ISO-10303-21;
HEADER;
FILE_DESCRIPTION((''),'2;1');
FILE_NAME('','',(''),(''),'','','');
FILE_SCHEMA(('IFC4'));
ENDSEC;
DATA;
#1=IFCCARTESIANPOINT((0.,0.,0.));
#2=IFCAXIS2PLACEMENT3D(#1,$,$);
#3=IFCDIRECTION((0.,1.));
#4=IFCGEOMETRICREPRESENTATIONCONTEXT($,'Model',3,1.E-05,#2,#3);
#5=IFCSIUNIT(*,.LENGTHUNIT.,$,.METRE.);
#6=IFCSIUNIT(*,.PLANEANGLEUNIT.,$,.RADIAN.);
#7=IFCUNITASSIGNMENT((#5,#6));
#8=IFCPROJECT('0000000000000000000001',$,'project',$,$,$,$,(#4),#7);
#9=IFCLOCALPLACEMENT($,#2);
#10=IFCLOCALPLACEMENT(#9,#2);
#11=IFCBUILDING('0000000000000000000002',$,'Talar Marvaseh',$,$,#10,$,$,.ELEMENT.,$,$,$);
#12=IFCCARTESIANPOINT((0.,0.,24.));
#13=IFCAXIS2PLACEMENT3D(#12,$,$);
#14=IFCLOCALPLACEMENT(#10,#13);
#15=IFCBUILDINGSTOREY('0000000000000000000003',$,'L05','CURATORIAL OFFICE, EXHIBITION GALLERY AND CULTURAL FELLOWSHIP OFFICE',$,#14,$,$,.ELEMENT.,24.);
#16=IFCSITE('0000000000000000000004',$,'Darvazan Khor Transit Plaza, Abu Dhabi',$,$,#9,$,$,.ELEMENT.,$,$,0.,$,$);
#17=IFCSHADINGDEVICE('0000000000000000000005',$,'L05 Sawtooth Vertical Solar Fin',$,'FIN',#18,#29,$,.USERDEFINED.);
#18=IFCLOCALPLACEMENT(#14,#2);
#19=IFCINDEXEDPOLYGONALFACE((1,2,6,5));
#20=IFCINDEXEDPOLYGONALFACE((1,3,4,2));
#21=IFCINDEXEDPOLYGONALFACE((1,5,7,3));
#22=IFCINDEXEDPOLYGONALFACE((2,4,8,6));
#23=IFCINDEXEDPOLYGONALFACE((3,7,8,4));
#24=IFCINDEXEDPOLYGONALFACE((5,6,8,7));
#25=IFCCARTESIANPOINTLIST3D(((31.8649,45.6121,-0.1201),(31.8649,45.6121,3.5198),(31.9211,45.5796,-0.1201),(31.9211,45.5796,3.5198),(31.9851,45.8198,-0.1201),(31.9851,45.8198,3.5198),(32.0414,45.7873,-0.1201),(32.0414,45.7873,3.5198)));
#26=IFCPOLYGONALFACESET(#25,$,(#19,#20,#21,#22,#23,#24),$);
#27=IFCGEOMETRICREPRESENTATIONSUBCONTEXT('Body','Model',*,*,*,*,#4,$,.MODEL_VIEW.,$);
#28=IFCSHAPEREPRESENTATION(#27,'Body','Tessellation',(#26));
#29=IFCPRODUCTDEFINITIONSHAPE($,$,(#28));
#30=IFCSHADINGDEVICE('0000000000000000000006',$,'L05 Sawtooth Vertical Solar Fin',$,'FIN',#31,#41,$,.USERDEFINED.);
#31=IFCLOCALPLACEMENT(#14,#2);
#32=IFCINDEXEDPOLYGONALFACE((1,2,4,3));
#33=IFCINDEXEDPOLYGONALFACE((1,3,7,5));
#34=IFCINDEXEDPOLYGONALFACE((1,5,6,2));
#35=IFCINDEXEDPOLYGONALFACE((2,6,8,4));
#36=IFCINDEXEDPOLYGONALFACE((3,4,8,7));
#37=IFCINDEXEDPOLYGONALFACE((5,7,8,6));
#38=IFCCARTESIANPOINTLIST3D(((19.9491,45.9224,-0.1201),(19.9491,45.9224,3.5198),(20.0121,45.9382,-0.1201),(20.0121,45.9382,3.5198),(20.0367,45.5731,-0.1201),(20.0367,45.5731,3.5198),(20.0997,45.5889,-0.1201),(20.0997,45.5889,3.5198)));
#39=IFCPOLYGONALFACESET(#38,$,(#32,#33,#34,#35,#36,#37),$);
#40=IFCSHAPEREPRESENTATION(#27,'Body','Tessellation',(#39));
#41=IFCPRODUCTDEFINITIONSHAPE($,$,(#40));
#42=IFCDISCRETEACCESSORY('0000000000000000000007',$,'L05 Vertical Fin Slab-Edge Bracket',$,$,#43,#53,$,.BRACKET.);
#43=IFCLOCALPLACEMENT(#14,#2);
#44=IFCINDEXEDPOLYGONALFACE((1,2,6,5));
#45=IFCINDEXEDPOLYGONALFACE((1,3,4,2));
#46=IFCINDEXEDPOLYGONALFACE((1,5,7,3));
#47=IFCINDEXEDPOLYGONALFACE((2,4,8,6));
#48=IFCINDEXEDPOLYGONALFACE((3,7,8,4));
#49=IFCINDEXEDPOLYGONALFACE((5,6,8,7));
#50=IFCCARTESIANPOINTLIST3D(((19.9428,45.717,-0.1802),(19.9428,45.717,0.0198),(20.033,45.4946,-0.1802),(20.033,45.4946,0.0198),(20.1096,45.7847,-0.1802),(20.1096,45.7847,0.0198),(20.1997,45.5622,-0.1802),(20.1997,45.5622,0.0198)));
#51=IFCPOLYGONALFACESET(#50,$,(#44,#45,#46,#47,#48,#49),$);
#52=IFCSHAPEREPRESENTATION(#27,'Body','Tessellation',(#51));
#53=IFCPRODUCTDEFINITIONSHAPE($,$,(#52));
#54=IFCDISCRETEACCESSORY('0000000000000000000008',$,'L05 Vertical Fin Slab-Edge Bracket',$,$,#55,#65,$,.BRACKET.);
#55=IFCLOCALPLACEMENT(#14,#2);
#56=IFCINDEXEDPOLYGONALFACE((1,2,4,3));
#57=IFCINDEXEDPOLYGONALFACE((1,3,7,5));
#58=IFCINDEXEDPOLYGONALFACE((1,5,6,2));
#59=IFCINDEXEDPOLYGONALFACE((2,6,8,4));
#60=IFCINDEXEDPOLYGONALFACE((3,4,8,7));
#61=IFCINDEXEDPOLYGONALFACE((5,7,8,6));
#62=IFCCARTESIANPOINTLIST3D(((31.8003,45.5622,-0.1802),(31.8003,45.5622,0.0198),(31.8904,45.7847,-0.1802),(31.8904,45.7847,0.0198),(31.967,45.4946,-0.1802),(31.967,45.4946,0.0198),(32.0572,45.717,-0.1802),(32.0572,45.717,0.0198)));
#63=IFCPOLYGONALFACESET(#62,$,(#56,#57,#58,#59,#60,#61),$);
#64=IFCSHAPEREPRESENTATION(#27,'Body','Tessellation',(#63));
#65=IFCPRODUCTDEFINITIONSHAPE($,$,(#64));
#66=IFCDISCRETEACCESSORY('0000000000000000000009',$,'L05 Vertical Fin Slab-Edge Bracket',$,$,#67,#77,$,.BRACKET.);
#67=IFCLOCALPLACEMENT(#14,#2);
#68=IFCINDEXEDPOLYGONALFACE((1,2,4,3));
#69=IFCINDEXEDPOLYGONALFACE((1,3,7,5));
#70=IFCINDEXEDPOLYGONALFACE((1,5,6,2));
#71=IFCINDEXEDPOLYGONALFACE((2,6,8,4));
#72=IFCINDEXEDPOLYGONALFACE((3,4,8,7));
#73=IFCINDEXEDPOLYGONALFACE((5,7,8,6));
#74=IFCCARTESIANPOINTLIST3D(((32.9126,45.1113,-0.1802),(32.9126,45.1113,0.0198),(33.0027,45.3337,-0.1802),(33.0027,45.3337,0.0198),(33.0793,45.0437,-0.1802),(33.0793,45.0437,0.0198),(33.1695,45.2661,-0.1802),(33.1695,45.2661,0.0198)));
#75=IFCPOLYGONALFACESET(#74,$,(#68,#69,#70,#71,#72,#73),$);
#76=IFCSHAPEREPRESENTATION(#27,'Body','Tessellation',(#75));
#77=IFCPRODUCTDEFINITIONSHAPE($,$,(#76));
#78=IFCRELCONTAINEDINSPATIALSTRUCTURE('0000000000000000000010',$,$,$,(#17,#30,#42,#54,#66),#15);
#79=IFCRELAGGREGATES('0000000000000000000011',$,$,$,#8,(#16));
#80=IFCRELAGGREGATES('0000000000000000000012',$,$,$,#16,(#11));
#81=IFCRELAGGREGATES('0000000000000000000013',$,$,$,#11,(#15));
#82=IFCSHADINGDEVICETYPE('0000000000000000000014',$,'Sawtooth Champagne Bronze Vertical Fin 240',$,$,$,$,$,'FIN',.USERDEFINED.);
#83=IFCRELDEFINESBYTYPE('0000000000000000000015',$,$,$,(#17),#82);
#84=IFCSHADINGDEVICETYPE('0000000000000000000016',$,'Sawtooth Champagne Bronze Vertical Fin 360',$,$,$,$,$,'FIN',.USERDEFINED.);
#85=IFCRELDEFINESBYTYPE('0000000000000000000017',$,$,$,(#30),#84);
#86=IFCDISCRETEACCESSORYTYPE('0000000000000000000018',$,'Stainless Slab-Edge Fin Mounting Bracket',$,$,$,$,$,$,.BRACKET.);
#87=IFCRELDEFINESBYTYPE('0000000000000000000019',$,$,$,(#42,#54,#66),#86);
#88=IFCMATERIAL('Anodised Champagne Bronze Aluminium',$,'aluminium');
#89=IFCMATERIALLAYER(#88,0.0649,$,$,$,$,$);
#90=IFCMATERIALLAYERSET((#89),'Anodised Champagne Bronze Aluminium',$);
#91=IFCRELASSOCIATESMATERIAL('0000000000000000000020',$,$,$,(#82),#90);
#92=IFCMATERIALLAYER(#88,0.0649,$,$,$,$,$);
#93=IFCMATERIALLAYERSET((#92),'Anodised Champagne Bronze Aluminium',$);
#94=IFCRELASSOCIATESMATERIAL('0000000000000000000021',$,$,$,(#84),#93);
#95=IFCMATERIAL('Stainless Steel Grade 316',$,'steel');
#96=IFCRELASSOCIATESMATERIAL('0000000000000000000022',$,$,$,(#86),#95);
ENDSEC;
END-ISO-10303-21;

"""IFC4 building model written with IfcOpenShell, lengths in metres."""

from ifc_helpers import new_model, si_unit, direction, frame, origin, origin_2d, place, context, subcontext, project, spatial, rectangle, extrude, source, transform, mapped, material, layer, layer_set, type_object, type_shapes, element, save


model = new_model("IFC4")

# Units and contexts
model_context = context("Model", 3, precision=1e-05, world=origin(), true_north=direction((0.0, 1.0)))
body_context = subcontext(model_context, "Body", "Model", "MODEL_VIEW")
ifc_project = project(units=[si_unit("LENGTHUNIT", "METRE"), si_unit("PLANEANGLEUNIT", "RADIAN")], contexts=[model_context])

# Site, building, storey
site_placement = place(None, origin())
site = spatial("IfcSite", under=ifc_project, at=site_placement, Name="Darvazan Khor Transit Plaza, Abu Dhabi", CompositionType="ELEMENT", RefElevation=0.0)
building_placement = place(site_placement, origin())
building = spatial("IfcBuilding", under=site, at=building_placement, Name="Talar Marvaseh", CompositionType="ELEMENT")
storey_placement = place(building_placement, frame((0.0, 0.0, 24.0)))
storey = spatial("IfcBuildingStorey", under=building, at=storey_placement, Name="L05", Description="CURATORIAL OFFICE, EXHIBITION GALLERY AND CULTURAL FELLOWSHIP OFFICE", CompositionType="ELEMENT", Elevation=24.0)

# Shared definitions
ifc_material_1 = material(Name="Stainless Steel Grade 316", Category="steel")

# Shading devices
ifc_material_2 = material(Name="Anodised Champagne Bronze Aluminium", Category="aluminium")
ifc_layer_1 = layer(ifc_material_2, 0.0649)
ifc_layer_set_1 = layer_set([ifc_layer_1], Name="Anodised Champagne Bronze Aluminium")
shading_device_type_1 = type_object("IfcShadingDeviceType", Name="Sawtooth Champagne Bronze Vertical Fin 240", ElementType="FIN", PredefinedType="USERDEFINED", material=ifc_layer_set_1)
shared_shape_1 = source(origin(), body_context, "Body", "SweptSolid", [
    extrude(rectangle(XDim=0.24, YDim=0.0649, at=origin_2d()), origin(), (0.0, 0.0, 1.0), 3.6399),
])
type_shapes(shading_device_type_1, [shared_shape_1])
shading_device_1_placement = place(storey_placement, frame((31.9531, 45.6997, -0.1201), z_axis=(0.0, 0.0, 1.0), x_axis=(0.501058, 0.865414, 0.0)))
element("IfcShadingDevice", 1, at=shading_device_1_placement, inside=storey, type_object=shading_device_type_1, Name="L05 Sawtooth Vertical Solar Fin", ObjectType="FIN", PredefinedType="USERDEFINED", context=body_context, shape_type="MappedRepresentation", body=[
    mapped(shared_shape_1, transform((0.0, 0.0, 0.0), x_axis=(1.0, 0.0, 0.0), y_axis=(0.0, 1.0, 0.0), z_axis=(0.0, 0.0, 1.0), scale=1.0)),
])
ifc_layer_2 = layer(ifc_material_2, 0.0649)
ifc_layer_set_2 = layer_set([ifc_layer_2], Name="Anodised Champagne Bronze Aluminium")
shading_device_type_2 = type_object("IfcShadingDeviceType", Name="Sawtooth Champagne Bronze Vertical Fin 360", ElementType="FIN", PredefinedType="USERDEFINED", material=ifc_layer_set_2)
shared_shape_2 = source(origin(), body_context, "Body", "SweptSolid", [
    extrude(rectangle(XDim=0.3601, YDim=0.0649, at=origin_2d()), origin(), (0.0, 0.0, 1.0), 3.6399),
])
type_shapes(shading_device_type_2, [shared_shape_2])
shading_device_2_placement = place(storey_placement, frame((20.0244, 45.7556, -0.1201), z_axis=(0.0, 0.0, 1.0), x_axis=(-0.243107, 0.969999, 0.0)))
element("IfcShadingDevice", 2, at=shading_device_2_placement, inside=storey, type_object=shading_device_type_2, Name="L05 Sawtooth Vertical Solar Fin", ObjectType="FIN", PredefinedType="USERDEFINED", context=body_context, shape_type="MappedRepresentation", body=[
    mapped(shared_shape_2, transform((0.0, 0.0, 0.0), x_axis=(1.0, 0.0, 0.0), y_axis=(0.0, 1.0, 0.0), z_axis=(0.0, 0.0, 1.0), scale=1.0)),
])

# Discrete accessories
discrete_accessory_type = type_object("IfcDiscreteAccessoryType", Name="Stainless Slab-Edge Fin Mounting Bracket", PredefinedType="BRACKET", material=ifc_material_1)
shared_shape_3 = source(origin(), body_context, "Body", "SweptSolid", [
    extrude(rectangle(XDim=0.24, YDim=0.1799, at=origin_2d()), origin(), (0.0, 0.0, 1.0), 0.2),
])
type_shapes(discrete_accessory_type, [shared_shape_3])
for number, where, z_axis, x_axis, name in (
    (3, (20.0713, 45.6396, -0.1802), (0.0, 0.0, 1.0), (-0.375739, 0.926725, 0.0), "L05 Vertical Fin Slab-Edge Bracket"),
    (4, (31.9287, 45.6396, -0.1802), (0.0, 0.0, 1.0), (0.375739, 0.926725, 0.0), "L05 Vertical Fin Slab-Edge Bracket"),
    (5, (33.041, 45.1887, -0.1802), (0.0, 0.0, 1.0), (0.375739, 0.926725, 0.0), "L05 Vertical Fin Slab-Edge Bracket"),
):
    element("IfcDiscreteAccessory", number, at=place(storey_placement, frame(where, z_axis=z_axis, x_axis=x_axis)), inside=storey, type_object=discrete_accessory_type, Name=name, PredefinedType="BRACKET", context=body_context, shape_type="MappedRepresentation", body=[
        mapped(shared_shape_3, transform((0.0, 0.0, 0.0), x_axis=(1.0, 0.0, 0.0), y_axis=(0.0, 1.0, 0.0), z_axis=(0.0, 0.0, 1.0), scale=1.0)),
    ])

save(model, "model.ifc")
